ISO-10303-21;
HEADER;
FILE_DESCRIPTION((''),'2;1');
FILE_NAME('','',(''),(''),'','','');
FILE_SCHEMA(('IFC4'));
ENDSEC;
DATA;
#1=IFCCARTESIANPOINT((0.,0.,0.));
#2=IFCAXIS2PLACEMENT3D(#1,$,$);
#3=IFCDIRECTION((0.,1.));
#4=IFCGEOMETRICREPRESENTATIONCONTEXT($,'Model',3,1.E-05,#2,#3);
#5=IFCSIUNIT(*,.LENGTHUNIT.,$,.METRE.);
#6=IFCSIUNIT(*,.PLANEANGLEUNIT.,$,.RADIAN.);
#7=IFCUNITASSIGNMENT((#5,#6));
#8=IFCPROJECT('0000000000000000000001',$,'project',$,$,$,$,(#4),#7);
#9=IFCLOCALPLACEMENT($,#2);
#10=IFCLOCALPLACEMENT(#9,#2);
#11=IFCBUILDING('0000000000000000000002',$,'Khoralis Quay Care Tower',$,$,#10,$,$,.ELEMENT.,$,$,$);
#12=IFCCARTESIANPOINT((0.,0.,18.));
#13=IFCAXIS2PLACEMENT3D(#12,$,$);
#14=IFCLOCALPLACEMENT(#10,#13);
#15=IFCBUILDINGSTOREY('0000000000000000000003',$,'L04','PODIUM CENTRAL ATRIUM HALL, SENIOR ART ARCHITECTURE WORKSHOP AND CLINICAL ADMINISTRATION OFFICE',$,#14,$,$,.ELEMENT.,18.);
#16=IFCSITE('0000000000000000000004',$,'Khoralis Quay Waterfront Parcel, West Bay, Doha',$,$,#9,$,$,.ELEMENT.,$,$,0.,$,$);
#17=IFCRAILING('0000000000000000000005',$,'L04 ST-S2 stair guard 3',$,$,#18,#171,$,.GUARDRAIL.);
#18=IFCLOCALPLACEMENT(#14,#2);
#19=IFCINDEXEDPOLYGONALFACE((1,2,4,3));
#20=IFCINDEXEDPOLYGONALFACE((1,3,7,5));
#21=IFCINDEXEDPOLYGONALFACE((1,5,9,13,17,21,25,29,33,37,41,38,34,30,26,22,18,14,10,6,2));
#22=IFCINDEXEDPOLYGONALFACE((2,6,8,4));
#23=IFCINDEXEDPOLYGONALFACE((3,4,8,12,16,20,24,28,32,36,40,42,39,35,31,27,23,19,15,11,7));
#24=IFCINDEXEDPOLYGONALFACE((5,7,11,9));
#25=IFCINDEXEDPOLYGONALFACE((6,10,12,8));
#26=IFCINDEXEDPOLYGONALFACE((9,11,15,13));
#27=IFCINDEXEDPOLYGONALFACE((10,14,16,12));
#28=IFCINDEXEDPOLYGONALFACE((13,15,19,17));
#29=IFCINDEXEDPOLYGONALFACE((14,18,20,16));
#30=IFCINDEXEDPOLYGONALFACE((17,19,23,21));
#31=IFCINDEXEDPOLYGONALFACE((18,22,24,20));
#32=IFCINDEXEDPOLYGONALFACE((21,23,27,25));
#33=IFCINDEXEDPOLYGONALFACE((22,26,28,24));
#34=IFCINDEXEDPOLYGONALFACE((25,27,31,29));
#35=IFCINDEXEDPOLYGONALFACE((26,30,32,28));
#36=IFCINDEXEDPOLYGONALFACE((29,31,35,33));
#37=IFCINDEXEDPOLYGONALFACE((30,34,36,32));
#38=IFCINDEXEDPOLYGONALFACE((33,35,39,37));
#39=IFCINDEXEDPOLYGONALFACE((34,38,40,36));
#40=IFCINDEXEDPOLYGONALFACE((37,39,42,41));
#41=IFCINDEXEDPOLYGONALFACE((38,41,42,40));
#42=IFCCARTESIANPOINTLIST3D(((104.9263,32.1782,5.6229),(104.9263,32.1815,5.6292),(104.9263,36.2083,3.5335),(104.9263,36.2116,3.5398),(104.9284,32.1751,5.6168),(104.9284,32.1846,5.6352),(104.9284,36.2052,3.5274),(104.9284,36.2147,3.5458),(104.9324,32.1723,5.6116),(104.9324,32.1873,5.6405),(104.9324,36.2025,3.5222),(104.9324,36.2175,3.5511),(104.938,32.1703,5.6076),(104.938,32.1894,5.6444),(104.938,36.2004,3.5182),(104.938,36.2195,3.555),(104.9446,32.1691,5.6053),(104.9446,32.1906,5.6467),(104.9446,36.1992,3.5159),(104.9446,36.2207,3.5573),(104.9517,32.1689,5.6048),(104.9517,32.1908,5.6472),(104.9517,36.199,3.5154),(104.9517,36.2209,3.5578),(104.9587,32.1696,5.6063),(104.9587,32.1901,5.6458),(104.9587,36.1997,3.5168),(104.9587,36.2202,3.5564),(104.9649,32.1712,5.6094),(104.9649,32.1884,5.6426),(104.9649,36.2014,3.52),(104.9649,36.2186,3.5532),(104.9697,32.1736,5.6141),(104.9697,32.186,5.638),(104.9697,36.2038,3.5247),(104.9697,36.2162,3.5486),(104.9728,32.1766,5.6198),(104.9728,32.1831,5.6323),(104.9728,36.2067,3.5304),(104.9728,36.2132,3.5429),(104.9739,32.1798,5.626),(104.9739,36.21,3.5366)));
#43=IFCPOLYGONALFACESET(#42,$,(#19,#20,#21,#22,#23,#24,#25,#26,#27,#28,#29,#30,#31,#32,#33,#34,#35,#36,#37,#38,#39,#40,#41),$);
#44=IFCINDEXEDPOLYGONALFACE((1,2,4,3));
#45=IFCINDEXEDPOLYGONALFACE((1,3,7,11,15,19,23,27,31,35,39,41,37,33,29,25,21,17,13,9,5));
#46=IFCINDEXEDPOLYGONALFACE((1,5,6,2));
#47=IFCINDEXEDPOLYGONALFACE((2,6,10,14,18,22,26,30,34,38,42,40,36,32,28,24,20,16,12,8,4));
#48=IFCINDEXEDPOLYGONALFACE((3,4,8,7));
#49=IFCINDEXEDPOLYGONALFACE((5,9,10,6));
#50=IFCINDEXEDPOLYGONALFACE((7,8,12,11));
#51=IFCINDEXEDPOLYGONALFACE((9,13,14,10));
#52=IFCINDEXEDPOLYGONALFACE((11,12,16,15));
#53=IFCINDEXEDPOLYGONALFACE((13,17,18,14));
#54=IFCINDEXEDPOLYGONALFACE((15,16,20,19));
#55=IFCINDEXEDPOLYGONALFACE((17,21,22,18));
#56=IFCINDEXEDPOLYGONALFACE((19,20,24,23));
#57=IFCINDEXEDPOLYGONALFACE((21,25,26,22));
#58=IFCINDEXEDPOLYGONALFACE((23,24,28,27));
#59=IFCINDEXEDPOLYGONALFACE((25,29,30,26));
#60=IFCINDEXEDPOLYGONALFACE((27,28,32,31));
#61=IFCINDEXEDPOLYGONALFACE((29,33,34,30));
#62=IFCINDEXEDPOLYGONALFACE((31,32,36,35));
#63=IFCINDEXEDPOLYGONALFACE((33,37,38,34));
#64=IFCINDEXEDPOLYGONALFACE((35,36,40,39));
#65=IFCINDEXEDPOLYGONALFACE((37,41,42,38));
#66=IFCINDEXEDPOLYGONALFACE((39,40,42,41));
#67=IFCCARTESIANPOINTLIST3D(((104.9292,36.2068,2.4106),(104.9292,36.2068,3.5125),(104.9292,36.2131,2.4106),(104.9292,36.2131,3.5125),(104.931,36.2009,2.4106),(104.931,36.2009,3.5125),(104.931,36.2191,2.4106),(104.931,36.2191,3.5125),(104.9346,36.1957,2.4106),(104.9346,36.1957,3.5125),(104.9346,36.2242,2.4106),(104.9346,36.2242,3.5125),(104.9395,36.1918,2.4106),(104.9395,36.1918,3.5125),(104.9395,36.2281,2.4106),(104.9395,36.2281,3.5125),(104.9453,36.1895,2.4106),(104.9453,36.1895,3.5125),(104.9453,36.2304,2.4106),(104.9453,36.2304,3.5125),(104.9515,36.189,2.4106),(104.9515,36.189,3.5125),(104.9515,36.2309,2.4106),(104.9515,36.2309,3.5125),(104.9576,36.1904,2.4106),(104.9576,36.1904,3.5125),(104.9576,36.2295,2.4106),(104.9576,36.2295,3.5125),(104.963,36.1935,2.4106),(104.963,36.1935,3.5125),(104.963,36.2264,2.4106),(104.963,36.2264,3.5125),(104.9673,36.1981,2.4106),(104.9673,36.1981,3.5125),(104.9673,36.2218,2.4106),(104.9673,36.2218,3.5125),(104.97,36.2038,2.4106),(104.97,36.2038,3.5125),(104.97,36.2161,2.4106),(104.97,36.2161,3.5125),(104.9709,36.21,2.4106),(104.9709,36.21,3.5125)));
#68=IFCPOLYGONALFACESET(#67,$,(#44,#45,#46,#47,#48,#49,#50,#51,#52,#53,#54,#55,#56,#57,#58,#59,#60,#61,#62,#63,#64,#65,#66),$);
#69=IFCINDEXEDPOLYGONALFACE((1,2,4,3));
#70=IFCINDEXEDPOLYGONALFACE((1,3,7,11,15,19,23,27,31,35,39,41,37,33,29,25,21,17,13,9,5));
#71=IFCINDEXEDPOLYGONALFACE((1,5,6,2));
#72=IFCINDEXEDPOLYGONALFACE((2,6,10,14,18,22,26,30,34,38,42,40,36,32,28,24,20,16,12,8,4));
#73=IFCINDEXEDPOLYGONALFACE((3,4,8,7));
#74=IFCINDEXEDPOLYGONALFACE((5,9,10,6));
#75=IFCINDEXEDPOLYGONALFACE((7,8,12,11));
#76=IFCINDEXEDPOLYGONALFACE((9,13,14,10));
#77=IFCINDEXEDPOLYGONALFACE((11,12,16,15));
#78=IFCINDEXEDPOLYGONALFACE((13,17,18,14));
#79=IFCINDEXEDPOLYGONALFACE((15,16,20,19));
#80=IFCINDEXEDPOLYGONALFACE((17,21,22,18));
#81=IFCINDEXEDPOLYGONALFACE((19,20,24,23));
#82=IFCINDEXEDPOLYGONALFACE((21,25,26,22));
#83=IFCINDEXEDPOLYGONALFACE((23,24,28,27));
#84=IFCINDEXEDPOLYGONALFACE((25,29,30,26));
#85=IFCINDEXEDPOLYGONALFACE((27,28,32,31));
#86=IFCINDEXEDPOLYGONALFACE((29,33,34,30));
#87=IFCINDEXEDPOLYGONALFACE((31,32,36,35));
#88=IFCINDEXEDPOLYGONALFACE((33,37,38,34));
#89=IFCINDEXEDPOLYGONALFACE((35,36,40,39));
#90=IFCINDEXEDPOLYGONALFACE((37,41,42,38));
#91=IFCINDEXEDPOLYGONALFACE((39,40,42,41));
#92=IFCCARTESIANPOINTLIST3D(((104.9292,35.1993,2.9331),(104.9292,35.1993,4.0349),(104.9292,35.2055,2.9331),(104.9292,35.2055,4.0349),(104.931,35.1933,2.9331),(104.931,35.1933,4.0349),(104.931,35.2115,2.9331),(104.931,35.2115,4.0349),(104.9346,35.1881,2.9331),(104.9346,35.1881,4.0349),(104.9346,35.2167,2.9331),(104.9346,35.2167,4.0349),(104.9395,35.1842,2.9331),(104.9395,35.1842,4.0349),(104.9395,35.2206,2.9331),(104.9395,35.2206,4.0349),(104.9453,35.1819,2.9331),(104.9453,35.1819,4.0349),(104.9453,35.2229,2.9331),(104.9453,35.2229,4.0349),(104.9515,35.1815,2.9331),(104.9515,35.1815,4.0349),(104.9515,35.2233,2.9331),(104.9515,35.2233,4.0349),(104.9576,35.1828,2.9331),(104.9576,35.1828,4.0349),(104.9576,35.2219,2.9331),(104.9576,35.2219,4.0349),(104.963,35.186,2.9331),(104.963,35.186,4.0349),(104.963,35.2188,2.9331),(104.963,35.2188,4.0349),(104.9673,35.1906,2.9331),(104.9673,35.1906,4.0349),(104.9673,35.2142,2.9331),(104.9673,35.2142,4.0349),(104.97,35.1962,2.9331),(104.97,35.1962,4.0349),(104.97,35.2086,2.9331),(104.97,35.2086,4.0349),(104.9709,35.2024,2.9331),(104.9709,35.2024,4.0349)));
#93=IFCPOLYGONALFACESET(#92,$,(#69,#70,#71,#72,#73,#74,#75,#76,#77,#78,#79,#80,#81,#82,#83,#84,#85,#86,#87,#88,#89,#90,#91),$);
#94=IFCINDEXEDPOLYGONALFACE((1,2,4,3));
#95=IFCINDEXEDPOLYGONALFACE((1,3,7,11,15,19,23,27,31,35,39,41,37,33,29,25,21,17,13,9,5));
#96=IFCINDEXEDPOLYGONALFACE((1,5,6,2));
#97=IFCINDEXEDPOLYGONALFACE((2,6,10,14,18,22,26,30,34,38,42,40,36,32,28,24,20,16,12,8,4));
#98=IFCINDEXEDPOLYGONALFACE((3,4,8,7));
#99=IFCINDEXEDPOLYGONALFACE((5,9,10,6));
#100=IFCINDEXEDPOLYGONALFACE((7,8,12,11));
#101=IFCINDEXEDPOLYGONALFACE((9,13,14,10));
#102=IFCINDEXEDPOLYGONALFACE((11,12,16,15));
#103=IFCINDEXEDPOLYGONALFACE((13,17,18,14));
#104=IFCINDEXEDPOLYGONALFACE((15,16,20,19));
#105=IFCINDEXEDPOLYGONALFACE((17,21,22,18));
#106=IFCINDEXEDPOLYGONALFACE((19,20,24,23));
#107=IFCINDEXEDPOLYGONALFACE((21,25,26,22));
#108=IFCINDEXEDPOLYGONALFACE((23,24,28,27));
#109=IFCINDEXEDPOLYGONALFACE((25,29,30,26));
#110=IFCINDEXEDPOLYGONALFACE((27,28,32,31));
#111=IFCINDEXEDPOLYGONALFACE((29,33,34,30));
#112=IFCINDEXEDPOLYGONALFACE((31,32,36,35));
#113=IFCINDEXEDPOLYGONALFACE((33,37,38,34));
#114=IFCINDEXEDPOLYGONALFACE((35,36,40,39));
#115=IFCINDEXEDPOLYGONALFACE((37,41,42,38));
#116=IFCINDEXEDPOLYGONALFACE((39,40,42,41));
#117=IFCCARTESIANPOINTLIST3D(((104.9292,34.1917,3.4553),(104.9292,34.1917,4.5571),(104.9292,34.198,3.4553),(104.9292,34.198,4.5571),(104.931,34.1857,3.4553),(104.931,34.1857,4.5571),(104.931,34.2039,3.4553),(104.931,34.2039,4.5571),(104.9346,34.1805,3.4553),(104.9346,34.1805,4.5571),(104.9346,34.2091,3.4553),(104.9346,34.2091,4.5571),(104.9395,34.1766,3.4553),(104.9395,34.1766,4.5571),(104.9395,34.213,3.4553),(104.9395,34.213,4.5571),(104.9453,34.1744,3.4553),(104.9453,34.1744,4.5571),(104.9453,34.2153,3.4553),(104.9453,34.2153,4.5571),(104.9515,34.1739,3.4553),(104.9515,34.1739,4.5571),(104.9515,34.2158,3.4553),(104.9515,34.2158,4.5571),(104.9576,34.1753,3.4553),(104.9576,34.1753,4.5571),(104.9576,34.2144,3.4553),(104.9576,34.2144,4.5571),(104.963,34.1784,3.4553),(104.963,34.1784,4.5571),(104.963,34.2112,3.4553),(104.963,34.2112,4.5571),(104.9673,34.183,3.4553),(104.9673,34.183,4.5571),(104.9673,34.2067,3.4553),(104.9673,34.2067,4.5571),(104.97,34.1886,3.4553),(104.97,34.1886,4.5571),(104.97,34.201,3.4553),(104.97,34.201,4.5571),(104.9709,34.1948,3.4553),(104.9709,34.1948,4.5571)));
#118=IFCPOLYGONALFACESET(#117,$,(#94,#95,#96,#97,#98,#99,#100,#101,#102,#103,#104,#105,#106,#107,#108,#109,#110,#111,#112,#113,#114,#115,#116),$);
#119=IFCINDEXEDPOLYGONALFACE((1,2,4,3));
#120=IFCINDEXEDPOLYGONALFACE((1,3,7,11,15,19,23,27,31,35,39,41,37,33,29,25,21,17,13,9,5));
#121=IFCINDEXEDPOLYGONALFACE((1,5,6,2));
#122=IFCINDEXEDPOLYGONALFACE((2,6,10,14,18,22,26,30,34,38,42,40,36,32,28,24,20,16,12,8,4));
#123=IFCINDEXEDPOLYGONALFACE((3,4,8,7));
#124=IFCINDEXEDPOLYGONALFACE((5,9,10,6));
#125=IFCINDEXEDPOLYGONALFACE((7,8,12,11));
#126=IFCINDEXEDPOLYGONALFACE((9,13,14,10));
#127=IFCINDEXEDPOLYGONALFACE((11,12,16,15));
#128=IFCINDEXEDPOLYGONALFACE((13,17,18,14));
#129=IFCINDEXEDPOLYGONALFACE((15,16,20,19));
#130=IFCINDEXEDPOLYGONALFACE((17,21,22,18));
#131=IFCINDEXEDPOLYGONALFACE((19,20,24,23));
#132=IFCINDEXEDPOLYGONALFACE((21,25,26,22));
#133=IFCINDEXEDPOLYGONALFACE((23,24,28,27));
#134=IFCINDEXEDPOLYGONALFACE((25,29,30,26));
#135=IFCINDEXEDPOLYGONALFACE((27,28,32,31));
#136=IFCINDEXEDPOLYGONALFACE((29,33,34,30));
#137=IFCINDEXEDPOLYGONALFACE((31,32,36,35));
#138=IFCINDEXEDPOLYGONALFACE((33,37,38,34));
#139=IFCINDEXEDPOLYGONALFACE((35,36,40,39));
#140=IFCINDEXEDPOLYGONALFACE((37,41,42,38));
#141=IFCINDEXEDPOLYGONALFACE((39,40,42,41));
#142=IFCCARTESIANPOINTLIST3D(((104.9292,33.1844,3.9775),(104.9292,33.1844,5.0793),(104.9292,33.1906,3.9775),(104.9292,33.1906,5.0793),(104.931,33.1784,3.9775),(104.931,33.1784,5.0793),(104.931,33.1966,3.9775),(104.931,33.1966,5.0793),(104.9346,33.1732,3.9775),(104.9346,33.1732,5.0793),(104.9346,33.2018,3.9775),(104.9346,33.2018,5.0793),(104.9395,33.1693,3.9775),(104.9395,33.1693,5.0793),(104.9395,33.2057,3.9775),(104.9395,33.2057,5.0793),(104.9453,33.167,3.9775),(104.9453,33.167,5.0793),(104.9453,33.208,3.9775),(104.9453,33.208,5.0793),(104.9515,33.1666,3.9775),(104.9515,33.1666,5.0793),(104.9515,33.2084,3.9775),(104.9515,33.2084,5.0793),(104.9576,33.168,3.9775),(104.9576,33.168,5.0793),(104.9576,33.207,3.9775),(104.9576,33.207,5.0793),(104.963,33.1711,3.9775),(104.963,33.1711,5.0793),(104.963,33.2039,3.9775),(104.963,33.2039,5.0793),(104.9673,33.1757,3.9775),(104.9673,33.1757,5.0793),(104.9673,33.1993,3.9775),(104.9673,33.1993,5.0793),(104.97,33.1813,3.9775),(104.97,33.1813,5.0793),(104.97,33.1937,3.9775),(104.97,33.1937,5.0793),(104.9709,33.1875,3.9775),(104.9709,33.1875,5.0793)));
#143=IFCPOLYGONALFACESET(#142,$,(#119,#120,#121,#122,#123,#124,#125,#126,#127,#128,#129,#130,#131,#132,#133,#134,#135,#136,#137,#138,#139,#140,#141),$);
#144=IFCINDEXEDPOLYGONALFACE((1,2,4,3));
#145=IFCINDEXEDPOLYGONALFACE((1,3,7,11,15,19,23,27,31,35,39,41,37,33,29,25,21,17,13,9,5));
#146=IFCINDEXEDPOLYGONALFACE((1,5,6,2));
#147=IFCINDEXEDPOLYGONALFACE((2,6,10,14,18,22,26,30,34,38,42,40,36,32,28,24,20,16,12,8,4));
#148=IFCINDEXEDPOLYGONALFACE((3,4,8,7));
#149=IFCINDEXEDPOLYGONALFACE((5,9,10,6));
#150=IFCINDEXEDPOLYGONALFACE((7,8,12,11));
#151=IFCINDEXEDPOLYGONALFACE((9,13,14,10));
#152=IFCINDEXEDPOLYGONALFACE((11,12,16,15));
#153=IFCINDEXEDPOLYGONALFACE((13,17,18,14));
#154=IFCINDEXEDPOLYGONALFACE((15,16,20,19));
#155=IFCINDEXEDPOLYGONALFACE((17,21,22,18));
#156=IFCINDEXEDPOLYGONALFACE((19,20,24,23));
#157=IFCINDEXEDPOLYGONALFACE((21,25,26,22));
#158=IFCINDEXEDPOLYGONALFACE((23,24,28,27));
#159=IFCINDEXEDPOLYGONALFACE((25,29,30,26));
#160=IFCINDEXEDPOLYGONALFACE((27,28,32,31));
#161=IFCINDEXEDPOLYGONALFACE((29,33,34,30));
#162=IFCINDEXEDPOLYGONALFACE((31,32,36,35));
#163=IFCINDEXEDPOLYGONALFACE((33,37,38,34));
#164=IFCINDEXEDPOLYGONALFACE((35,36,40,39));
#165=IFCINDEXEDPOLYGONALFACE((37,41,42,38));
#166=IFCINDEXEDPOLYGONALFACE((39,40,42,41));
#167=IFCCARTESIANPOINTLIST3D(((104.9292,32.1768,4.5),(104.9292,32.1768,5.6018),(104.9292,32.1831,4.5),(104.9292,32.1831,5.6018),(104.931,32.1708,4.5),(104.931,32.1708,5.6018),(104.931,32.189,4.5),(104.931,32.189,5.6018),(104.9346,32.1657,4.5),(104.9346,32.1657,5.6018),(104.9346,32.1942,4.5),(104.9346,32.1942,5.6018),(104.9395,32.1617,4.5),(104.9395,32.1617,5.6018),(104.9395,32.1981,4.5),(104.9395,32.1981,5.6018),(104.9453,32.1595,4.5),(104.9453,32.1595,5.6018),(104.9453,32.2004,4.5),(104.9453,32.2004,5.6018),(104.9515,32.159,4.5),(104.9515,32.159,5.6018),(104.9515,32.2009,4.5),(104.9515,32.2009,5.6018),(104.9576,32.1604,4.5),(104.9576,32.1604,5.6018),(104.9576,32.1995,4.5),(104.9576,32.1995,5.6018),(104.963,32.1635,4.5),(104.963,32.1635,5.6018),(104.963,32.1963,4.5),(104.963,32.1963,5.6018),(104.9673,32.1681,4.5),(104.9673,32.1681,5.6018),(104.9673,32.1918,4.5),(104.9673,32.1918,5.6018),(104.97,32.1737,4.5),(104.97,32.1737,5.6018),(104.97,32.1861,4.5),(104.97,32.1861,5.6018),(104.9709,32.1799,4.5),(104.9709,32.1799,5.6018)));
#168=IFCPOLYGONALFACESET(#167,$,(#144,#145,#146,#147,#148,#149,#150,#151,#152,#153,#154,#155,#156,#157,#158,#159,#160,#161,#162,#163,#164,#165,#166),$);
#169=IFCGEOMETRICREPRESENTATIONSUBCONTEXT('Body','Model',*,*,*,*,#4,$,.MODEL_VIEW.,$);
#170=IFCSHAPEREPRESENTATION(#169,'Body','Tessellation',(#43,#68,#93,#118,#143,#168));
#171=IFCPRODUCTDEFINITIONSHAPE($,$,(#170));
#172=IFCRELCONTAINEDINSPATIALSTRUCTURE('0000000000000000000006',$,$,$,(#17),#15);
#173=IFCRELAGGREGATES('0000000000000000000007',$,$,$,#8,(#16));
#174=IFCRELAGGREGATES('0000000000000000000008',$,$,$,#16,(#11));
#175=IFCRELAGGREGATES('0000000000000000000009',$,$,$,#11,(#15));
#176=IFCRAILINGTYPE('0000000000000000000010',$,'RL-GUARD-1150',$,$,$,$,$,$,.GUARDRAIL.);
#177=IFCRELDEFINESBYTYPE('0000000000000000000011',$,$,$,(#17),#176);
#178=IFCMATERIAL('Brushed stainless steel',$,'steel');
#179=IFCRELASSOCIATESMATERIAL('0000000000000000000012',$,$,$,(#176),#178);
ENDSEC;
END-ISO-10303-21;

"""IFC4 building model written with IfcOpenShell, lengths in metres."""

from ifc_helpers import new_model, si_unit, direction, frame, origin, origin_2d, place, context, subcontext, project, spatial, circle, extrude, material, type_object, element, save


model = new_model("IFC4")

# Units and contexts
model_context = context("Model", 3, precision=1e-05, world=origin(), true_north=direction((0.0, 1.0)))
body_context = subcontext(model_context, "Body", "Model", "MODEL_VIEW")
ifc_project = project(units=[si_unit("LENGTHUNIT", "METRE"), si_unit("PLANEANGLEUNIT", "RADIAN")], contexts=[model_context])

# Site, building, storey
site_placement = place(None, origin())
site = spatial("IfcSite", under=ifc_project, at=site_placement, Name="Khoralis Quay Waterfront Parcel, West Bay, Doha", CompositionType="ELEMENT", RefElevation=0.0)
building_placement = place(site_placement, origin())
building = spatial("IfcBuilding", under=site, at=building_placement, Name="Khoralis Quay Care Tower", CompositionType="ELEMENT")
storey_placement = place(building_placement, frame((0.0, 0.0, 18.0)))
storey = spatial("IfcBuildingStorey", under=building, at=storey_placement, Name="L04", Description="PODIUM CENTRAL ATRIUM HALL, SENIOR ART ARCHITECTURE WORKSHOP AND CLINICAL ADMINISTRATION OFFICE", CompositionType="ELEMENT", Elevation=18.0)

# Railing
ifc_material_1 = material(Name="Brushed stainless steel", Category="steel")
railing_type_1 = type_object("IfcRailingType", Name="RL-GUARD-1150", PredefinedType="GUARDRAIL", material=ifc_material_1)
railing_1_placement = place(storey_placement, frame((104.95, 36.21, 2.4106)))
element("IfcRailing", 1, at=railing_1_placement, inside=storey, type_object=railing_type_1, Name="L04 ST-S2 stair guard 3", PredefinedType="GUARDRAIL", context=body_context, shape_type="SweptSolid", body=[
    extrude(circle(Radius=0.0239, at=origin_2d()), frame((0.0, 0.0, 1.126), z_axis=(0.0, -0.887781, 0.460267), x_axis=(1.0, 0.0, 0.0)), (0.0, 0.0, 1.0), 4.5396),
    extrude(circle(Radius=0.021, at=origin_2d()), origin(), (0.0, 0.0, 1.0), 1.1018),
    extrude(circle(Radius=0.021, at=origin_2d()), frame((0.0, -1.0076, 0.5225)), (0.0, 0.0, 1.0), 1.1018),
    extrude(circle(Radius=0.021, at=origin_2d()), frame((0.0, -2.0151, 1.0447)), (0.0, 0.0, 1.0), 1.1018),
    extrude(circle(Radius=0.021, at=origin_2d()), frame((0.0, -3.0225, 1.5669)), (0.0, 0.0, 1.0), 1.1018),
    extrude(circle(Radius=0.021, at=origin_2d()), frame((0.0, -4.03, 2.0894)), (0.0, 0.0, 1.0), 1.1018),
])

save(model, "model.ifc")
